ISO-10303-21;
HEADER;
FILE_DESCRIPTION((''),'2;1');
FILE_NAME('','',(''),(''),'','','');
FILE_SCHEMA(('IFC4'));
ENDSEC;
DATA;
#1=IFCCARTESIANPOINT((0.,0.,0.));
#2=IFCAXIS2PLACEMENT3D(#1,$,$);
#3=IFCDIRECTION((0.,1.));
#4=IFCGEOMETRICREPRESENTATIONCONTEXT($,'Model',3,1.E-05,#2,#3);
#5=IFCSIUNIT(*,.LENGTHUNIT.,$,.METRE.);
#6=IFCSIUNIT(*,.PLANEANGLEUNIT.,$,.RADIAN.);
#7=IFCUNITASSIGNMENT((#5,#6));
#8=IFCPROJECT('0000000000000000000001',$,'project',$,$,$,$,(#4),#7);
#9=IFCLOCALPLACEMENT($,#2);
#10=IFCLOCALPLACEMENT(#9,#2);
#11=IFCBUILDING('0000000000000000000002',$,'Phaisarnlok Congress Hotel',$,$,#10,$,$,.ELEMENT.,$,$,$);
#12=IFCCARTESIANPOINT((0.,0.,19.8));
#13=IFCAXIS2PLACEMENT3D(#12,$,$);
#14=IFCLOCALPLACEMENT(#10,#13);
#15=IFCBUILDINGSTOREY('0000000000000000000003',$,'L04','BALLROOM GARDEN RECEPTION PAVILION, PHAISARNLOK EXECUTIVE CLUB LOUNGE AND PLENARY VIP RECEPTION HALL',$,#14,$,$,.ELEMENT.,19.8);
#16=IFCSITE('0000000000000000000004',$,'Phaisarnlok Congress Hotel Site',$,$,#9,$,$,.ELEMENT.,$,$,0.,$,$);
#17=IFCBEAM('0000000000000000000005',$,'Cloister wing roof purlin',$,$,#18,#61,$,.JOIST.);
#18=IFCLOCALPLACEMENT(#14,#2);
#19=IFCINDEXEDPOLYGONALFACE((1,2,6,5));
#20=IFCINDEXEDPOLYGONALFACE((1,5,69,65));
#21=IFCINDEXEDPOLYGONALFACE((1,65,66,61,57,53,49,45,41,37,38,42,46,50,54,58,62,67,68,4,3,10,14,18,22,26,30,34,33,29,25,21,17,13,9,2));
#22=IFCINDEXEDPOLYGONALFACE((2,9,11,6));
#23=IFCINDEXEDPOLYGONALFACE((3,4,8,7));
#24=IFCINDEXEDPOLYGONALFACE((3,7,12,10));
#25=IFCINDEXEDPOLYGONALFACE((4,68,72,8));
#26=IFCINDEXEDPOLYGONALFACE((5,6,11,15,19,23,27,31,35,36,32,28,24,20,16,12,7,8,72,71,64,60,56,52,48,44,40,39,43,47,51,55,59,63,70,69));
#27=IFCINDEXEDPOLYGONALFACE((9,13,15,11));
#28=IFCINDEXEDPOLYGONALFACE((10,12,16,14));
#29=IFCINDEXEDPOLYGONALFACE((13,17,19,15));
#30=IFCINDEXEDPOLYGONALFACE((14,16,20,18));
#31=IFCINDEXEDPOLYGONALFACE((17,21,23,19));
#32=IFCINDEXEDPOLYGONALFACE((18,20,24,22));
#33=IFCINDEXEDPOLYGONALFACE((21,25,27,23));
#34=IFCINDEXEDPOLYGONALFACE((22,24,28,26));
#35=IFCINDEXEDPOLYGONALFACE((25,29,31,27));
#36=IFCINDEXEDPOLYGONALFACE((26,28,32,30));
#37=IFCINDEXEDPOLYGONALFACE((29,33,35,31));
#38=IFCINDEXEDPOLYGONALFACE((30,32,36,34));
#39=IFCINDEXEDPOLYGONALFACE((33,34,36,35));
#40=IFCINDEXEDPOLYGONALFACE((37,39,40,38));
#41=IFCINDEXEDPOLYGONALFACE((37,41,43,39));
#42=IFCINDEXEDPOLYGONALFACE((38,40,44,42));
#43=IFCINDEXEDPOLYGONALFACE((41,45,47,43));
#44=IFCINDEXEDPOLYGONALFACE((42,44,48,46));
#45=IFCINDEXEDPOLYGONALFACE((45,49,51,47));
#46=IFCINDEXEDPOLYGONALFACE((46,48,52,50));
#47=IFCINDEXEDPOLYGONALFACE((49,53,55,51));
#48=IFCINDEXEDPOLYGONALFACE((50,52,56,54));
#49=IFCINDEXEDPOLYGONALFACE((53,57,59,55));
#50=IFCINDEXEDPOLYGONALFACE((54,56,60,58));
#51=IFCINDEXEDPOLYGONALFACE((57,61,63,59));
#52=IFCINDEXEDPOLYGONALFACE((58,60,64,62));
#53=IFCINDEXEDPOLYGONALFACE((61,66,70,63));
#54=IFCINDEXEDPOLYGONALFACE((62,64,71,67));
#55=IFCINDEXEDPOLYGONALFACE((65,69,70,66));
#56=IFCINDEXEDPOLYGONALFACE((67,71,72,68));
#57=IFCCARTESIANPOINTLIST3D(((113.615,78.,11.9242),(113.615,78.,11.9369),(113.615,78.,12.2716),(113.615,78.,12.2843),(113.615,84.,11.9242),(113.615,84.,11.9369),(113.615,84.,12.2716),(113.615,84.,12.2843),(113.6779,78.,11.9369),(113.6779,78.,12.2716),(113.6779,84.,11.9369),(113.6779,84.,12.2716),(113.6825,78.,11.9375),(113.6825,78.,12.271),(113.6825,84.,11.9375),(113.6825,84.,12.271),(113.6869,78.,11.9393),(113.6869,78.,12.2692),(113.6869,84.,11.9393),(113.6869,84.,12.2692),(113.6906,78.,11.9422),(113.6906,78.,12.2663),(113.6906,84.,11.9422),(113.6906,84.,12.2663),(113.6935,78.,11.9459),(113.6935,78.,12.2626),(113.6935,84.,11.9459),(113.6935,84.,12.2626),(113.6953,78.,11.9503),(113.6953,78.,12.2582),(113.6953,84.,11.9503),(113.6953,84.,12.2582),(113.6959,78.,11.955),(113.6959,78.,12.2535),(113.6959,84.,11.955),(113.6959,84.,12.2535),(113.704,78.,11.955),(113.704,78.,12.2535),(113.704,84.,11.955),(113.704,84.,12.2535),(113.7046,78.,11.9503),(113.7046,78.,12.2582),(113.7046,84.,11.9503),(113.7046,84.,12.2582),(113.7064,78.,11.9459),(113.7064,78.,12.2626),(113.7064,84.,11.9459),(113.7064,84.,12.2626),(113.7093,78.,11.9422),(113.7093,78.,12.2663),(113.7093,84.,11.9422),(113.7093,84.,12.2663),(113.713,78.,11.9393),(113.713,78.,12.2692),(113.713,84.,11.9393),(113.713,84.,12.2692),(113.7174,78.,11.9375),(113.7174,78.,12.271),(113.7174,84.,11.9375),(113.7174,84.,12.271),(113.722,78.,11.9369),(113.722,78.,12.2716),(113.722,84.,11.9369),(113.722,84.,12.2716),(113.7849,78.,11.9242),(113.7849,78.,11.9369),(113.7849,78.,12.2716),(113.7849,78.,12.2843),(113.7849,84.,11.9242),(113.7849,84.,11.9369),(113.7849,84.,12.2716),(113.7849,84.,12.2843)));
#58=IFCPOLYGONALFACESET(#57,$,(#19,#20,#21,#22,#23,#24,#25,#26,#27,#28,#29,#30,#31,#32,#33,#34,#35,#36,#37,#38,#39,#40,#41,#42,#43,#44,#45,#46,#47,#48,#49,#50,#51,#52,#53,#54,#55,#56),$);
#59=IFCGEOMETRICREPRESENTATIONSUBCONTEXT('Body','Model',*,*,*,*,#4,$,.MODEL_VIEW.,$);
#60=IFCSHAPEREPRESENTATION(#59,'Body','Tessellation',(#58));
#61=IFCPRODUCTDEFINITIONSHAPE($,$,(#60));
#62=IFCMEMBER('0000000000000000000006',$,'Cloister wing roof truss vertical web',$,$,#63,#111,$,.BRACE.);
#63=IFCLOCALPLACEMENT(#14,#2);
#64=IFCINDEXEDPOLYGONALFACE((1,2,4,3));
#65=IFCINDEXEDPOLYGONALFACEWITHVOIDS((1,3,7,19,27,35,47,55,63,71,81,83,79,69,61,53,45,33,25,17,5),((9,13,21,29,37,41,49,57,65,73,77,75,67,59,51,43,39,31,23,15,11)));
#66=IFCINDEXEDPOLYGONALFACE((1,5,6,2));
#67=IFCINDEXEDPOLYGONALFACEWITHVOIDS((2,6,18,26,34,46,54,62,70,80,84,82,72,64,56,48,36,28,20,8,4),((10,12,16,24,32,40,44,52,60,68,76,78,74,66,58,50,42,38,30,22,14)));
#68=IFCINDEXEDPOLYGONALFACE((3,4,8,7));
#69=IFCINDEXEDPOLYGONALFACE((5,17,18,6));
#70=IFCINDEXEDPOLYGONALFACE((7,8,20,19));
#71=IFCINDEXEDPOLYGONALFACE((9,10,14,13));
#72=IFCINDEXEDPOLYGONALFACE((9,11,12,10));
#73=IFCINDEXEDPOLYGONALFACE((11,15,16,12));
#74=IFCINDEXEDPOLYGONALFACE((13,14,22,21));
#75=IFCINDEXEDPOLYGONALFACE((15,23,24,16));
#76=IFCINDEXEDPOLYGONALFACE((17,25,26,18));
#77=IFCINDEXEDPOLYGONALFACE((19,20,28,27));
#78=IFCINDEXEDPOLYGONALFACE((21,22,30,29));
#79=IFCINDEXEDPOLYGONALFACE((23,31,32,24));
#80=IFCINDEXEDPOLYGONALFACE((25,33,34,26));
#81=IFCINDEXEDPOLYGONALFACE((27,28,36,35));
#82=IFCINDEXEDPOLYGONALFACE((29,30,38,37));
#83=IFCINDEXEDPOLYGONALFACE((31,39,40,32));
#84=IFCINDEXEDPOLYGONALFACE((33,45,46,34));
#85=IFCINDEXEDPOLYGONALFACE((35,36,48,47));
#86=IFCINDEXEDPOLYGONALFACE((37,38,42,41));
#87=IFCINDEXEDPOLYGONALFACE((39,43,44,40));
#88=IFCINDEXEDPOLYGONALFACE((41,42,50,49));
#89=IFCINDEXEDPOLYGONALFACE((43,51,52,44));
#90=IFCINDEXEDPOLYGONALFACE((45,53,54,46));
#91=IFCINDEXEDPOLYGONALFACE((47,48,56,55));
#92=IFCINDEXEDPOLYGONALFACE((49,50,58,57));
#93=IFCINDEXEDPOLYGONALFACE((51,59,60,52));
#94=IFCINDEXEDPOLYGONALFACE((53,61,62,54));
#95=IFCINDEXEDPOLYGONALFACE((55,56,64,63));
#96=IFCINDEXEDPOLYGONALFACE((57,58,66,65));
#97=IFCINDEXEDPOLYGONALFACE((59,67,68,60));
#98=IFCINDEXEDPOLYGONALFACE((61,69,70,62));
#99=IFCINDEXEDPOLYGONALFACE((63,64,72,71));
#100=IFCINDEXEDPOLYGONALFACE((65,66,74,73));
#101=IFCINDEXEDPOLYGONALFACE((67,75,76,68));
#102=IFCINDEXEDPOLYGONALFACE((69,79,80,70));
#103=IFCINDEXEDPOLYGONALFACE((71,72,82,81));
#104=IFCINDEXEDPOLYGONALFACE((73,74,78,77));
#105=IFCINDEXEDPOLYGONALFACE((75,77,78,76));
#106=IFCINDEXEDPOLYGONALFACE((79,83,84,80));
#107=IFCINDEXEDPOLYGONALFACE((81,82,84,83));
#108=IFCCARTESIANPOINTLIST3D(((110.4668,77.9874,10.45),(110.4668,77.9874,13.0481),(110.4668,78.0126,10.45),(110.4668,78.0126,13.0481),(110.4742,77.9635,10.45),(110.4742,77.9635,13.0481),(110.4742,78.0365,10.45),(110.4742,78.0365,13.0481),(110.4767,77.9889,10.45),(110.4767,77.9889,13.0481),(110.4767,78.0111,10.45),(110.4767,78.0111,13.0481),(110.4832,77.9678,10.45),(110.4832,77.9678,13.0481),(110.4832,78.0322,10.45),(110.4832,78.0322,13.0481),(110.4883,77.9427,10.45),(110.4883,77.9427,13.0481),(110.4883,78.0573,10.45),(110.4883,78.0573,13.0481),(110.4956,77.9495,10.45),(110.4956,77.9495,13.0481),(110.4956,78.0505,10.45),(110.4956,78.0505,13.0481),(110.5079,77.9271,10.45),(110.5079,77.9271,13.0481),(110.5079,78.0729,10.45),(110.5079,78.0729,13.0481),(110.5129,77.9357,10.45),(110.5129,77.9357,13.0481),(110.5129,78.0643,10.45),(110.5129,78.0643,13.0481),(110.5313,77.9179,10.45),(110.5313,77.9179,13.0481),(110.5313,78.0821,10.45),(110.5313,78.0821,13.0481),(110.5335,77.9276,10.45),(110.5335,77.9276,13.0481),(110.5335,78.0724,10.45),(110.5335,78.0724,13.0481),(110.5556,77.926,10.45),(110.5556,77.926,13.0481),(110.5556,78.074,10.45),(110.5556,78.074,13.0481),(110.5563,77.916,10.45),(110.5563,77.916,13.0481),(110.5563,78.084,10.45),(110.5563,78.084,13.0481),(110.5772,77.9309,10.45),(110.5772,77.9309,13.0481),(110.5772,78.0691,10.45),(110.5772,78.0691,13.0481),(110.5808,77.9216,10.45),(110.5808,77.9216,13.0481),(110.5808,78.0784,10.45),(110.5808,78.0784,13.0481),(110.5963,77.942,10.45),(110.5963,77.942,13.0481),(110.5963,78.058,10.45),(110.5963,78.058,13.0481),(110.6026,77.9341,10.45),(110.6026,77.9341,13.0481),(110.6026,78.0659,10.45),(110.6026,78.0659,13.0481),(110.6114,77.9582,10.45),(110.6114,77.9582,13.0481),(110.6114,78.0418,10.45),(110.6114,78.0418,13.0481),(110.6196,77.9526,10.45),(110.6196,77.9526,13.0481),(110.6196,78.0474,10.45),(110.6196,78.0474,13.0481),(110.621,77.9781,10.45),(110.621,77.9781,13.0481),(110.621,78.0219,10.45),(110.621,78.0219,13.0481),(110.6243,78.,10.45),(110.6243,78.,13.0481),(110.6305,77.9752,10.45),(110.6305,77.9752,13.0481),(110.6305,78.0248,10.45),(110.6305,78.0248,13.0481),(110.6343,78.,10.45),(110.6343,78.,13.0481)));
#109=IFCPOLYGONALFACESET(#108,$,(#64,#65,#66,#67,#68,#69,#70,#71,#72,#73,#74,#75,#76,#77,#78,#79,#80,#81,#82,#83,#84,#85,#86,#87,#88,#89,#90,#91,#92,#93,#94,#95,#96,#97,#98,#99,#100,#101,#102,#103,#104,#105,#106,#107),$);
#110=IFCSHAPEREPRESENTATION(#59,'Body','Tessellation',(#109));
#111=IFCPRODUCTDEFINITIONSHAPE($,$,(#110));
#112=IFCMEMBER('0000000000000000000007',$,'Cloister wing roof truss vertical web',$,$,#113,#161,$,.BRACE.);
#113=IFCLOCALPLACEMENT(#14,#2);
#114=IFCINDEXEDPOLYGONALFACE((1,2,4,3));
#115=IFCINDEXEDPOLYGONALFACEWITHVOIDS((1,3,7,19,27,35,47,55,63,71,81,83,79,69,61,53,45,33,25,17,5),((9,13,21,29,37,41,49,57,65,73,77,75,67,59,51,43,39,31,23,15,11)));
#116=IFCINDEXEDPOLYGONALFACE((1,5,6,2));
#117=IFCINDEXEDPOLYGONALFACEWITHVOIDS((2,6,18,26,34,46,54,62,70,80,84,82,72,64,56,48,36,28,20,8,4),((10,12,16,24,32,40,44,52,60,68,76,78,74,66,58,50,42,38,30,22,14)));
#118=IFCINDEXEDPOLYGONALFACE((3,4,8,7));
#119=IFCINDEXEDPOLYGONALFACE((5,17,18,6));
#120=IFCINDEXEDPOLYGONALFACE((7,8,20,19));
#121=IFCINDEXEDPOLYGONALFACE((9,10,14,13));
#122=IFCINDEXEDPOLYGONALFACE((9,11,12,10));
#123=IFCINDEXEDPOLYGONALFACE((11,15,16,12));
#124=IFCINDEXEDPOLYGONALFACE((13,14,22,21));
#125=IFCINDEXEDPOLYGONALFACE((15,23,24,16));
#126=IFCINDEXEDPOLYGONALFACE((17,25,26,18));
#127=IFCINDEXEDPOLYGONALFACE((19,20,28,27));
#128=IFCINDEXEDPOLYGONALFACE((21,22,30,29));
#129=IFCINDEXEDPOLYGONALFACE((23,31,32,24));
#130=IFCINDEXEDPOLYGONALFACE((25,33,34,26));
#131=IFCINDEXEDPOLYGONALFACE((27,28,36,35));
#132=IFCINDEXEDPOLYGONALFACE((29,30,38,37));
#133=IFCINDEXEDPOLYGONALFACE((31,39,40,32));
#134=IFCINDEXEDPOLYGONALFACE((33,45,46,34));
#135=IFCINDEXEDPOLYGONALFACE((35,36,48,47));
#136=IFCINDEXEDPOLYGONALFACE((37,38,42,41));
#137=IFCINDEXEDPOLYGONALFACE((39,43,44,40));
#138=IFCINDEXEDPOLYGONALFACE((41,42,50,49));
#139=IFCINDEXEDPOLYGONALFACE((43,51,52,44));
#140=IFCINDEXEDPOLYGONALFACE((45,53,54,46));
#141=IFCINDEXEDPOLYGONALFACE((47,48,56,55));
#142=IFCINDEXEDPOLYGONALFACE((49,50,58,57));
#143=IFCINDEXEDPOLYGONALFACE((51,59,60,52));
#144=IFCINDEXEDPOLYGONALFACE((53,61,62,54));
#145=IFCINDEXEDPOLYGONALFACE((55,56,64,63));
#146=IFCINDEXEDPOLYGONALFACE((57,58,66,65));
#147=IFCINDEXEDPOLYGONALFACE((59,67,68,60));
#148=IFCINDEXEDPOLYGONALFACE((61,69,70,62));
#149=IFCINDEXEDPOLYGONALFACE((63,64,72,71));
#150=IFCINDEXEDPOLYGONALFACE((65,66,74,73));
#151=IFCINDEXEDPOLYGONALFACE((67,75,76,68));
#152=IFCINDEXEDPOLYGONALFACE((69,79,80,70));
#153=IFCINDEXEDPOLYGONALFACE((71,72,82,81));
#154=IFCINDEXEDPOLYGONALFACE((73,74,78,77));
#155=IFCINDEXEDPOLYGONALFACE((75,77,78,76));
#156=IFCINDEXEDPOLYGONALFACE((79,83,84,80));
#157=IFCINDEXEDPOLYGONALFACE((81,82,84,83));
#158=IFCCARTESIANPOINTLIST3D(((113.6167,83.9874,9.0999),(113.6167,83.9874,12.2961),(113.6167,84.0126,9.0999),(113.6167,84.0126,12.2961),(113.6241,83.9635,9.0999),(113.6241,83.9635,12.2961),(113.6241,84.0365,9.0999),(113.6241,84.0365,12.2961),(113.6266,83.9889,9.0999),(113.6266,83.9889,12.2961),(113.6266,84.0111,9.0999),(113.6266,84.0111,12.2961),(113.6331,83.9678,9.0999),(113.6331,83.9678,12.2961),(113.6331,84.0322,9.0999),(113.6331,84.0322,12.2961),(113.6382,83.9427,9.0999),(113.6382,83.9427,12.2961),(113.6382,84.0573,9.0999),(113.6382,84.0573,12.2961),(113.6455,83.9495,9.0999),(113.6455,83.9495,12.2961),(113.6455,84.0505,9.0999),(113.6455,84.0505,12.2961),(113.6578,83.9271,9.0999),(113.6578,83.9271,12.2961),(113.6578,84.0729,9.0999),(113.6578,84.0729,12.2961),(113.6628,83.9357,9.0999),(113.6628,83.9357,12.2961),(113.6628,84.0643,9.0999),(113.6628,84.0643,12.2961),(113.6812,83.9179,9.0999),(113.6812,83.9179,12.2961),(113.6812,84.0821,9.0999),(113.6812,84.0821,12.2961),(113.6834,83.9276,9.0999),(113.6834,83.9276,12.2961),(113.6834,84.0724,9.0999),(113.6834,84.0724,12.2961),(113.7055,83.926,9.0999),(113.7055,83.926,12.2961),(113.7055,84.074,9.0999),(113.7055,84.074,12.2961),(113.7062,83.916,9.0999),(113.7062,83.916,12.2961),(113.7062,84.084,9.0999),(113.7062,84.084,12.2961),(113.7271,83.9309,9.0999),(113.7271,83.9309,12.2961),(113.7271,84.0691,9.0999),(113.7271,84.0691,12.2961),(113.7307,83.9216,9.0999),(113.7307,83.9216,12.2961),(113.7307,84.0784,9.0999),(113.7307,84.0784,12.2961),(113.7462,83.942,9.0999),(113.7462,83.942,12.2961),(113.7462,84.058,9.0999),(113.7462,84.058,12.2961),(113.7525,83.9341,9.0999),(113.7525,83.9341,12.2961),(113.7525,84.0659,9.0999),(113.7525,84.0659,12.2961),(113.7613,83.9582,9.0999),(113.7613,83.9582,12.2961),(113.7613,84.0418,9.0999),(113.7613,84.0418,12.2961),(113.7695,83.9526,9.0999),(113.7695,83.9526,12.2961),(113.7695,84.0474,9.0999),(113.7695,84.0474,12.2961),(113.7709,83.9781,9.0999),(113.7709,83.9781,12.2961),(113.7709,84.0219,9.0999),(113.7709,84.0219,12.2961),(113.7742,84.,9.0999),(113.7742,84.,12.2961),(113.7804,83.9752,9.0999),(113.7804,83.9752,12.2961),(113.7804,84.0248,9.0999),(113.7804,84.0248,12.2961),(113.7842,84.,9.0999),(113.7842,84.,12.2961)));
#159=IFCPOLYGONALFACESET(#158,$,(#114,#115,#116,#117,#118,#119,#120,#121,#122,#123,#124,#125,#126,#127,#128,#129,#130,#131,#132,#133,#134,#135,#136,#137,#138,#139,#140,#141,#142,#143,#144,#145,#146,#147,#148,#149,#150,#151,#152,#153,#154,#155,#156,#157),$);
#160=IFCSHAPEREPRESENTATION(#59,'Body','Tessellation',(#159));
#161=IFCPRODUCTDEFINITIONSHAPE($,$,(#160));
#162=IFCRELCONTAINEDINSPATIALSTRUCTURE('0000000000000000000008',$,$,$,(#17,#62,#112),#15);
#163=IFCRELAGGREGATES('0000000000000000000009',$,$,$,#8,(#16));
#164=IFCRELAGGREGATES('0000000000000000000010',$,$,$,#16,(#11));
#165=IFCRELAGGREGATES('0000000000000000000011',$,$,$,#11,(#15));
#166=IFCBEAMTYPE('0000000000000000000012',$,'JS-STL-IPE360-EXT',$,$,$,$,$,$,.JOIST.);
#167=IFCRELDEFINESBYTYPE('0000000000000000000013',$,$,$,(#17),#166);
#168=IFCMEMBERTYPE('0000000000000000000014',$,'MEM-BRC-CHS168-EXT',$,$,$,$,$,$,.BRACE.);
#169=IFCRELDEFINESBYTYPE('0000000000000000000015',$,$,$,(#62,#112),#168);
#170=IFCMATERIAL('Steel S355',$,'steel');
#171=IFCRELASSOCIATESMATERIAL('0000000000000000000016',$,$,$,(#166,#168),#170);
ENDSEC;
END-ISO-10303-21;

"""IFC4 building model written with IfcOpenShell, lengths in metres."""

from ifc_helpers import new_model, si_unit, direction, frame, origin, origin_2d, place, context, subcontext, project, spatial, hollow_circle, i_section, extrude, material, material_profile, profile_set, type_object, element, save


model = new_model("IFC4")

# Units and contexts
model_context = context("Model", 3, precision=1e-05, world=origin(), true_north=direction((0.0, 1.0)))
body_context = subcontext(model_context, "Body", "Model", "MODEL_VIEW")
ifc_project = project(units=[si_unit("LENGTHUNIT", "METRE"), si_unit("PLANEANGLEUNIT", "RADIAN")], contexts=[model_context])

# Site, building, storey
site_placement = place(None, origin())
site = spatial("IfcSite", under=ifc_project, at=site_placement, Name="Phaisarnlok Congress Hotel Site", CompositionType="ELEMENT", RefElevation=0.0)
building_placement = place(site_placement, origin())
building = spatial("IfcBuilding", under=site, at=building_placement, Name="Phaisarnlok Congress Hotel", CompositionType="ELEMENT")
storey_placement = place(building_placement, frame((0.0, 0.0, 19.8)))
storey = spatial("IfcBuildingStorey", under=building, at=storey_placement, Name="L04", Description="BALLROOM GARDEN RECEPTION PAVILION, PHAISARNLOK EXECUTIVE CLUB LOUNGE AND PLENARY VIP RECEPTION HALL", CompositionType="ELEMENT", Elevation=19.8)

# Beam
ifc_material_1 = material(Name="Steel S355", Category="steel")
ifc_material_profile_1 = material_profile(ifc_material_1, i_section(OverallWidth=0.1699, OverallDepth=0.3601, WebThickness=0.0081, FlangeThickness=0.0127, FilletRadius=0.0181, at=origin_2d()), Name="IPE 360")
ifc_profile_set_1 = profile_set([ifc_material_profile_1], Name="Steel S355")
beam_type = type_object("IfcBeamType", Name="JS-STL-IPE360-EXT", PredefinedType="JOIST", material=ifc_profile_set_1)
beam_placement = place(storey_placement, frame((113.7, 78.0, 12.1042), z_axis=(0.0, 1.0, 0.0), x_axis=(-1.0, 0.0, 0.0)))
element("IfcBeam", 1, at=beam_placement, inside=storey, type_object=beam_type, Name="Cloister wing roof purlin", PredefinedType="JOIST", context=body_context, shape_type="SweptSolid", body=[
    extrude(i_section(OverallWidth=0.1699, OverallDepth=0.3601, WebThickness=0.0081, FlangeThickness=0.0127, FilletRadius=0.0181, at=origin_2d()), origin(), (0.0, 0.0, 1.0), 6.0),
])

# Members
ifc_material_profile_2 = material_profile(ifc_material_1, hollow_circle(Radius=0.0842, WallThickness=0.01, at=origin_2d()), Name="CHS 168.3x10")
ifc_profile_set_2 = profile_set([ifc_material_profile_2], Name="Steel S355")
member_type_1 = type_object("IfcMemberType", Name="MEM-BRC-CHS168-EXT", PredefinedType="BRACE", material=ifc_profile_set_2)
member_1_placement = place(storey_placement, frame((110.55, 78.0, 10.45), z_axis=(0.0, 0.0, 1.0), x_axis=(1.0, 0.0, 0.0)))
element("IfcMember", 2, at=member_1_placement, inside=storey, type_object=member_type_1, Name="Cloister wing roof truss vertical web", PredefinedType="BRACE", context=body_context, shape_type="SweptSolid", body=[
    extrude(hollow_circle(Radius=0.0842, WallThickness=0.01, at=origin_2d()), origin(), (0.0, 0.0, 1.0), 2.5981),
])
member_2_placement = place(storey_placement, frame((113.7, 84.0, 9.0999), z_axis=(0.0, 0.0, 1.0), x_axis=(1.0, 0.0, 0.0)))
element("IfcMember", 3, at=member_2_placement, inside=storey, type_object=member_type_1, Name="Cloister wing roof truss vertical web", PredefinedType="BRACE", context=body_context, shape_type="SweptSolid", body=[
    extrude(hollow_circle(Radius=0.0842, WallThickness=0.01, at=origin_2d()), origin(), (0.0, 0.0, 1.0), 3.1963),
])

save(model, "model.ifc")
